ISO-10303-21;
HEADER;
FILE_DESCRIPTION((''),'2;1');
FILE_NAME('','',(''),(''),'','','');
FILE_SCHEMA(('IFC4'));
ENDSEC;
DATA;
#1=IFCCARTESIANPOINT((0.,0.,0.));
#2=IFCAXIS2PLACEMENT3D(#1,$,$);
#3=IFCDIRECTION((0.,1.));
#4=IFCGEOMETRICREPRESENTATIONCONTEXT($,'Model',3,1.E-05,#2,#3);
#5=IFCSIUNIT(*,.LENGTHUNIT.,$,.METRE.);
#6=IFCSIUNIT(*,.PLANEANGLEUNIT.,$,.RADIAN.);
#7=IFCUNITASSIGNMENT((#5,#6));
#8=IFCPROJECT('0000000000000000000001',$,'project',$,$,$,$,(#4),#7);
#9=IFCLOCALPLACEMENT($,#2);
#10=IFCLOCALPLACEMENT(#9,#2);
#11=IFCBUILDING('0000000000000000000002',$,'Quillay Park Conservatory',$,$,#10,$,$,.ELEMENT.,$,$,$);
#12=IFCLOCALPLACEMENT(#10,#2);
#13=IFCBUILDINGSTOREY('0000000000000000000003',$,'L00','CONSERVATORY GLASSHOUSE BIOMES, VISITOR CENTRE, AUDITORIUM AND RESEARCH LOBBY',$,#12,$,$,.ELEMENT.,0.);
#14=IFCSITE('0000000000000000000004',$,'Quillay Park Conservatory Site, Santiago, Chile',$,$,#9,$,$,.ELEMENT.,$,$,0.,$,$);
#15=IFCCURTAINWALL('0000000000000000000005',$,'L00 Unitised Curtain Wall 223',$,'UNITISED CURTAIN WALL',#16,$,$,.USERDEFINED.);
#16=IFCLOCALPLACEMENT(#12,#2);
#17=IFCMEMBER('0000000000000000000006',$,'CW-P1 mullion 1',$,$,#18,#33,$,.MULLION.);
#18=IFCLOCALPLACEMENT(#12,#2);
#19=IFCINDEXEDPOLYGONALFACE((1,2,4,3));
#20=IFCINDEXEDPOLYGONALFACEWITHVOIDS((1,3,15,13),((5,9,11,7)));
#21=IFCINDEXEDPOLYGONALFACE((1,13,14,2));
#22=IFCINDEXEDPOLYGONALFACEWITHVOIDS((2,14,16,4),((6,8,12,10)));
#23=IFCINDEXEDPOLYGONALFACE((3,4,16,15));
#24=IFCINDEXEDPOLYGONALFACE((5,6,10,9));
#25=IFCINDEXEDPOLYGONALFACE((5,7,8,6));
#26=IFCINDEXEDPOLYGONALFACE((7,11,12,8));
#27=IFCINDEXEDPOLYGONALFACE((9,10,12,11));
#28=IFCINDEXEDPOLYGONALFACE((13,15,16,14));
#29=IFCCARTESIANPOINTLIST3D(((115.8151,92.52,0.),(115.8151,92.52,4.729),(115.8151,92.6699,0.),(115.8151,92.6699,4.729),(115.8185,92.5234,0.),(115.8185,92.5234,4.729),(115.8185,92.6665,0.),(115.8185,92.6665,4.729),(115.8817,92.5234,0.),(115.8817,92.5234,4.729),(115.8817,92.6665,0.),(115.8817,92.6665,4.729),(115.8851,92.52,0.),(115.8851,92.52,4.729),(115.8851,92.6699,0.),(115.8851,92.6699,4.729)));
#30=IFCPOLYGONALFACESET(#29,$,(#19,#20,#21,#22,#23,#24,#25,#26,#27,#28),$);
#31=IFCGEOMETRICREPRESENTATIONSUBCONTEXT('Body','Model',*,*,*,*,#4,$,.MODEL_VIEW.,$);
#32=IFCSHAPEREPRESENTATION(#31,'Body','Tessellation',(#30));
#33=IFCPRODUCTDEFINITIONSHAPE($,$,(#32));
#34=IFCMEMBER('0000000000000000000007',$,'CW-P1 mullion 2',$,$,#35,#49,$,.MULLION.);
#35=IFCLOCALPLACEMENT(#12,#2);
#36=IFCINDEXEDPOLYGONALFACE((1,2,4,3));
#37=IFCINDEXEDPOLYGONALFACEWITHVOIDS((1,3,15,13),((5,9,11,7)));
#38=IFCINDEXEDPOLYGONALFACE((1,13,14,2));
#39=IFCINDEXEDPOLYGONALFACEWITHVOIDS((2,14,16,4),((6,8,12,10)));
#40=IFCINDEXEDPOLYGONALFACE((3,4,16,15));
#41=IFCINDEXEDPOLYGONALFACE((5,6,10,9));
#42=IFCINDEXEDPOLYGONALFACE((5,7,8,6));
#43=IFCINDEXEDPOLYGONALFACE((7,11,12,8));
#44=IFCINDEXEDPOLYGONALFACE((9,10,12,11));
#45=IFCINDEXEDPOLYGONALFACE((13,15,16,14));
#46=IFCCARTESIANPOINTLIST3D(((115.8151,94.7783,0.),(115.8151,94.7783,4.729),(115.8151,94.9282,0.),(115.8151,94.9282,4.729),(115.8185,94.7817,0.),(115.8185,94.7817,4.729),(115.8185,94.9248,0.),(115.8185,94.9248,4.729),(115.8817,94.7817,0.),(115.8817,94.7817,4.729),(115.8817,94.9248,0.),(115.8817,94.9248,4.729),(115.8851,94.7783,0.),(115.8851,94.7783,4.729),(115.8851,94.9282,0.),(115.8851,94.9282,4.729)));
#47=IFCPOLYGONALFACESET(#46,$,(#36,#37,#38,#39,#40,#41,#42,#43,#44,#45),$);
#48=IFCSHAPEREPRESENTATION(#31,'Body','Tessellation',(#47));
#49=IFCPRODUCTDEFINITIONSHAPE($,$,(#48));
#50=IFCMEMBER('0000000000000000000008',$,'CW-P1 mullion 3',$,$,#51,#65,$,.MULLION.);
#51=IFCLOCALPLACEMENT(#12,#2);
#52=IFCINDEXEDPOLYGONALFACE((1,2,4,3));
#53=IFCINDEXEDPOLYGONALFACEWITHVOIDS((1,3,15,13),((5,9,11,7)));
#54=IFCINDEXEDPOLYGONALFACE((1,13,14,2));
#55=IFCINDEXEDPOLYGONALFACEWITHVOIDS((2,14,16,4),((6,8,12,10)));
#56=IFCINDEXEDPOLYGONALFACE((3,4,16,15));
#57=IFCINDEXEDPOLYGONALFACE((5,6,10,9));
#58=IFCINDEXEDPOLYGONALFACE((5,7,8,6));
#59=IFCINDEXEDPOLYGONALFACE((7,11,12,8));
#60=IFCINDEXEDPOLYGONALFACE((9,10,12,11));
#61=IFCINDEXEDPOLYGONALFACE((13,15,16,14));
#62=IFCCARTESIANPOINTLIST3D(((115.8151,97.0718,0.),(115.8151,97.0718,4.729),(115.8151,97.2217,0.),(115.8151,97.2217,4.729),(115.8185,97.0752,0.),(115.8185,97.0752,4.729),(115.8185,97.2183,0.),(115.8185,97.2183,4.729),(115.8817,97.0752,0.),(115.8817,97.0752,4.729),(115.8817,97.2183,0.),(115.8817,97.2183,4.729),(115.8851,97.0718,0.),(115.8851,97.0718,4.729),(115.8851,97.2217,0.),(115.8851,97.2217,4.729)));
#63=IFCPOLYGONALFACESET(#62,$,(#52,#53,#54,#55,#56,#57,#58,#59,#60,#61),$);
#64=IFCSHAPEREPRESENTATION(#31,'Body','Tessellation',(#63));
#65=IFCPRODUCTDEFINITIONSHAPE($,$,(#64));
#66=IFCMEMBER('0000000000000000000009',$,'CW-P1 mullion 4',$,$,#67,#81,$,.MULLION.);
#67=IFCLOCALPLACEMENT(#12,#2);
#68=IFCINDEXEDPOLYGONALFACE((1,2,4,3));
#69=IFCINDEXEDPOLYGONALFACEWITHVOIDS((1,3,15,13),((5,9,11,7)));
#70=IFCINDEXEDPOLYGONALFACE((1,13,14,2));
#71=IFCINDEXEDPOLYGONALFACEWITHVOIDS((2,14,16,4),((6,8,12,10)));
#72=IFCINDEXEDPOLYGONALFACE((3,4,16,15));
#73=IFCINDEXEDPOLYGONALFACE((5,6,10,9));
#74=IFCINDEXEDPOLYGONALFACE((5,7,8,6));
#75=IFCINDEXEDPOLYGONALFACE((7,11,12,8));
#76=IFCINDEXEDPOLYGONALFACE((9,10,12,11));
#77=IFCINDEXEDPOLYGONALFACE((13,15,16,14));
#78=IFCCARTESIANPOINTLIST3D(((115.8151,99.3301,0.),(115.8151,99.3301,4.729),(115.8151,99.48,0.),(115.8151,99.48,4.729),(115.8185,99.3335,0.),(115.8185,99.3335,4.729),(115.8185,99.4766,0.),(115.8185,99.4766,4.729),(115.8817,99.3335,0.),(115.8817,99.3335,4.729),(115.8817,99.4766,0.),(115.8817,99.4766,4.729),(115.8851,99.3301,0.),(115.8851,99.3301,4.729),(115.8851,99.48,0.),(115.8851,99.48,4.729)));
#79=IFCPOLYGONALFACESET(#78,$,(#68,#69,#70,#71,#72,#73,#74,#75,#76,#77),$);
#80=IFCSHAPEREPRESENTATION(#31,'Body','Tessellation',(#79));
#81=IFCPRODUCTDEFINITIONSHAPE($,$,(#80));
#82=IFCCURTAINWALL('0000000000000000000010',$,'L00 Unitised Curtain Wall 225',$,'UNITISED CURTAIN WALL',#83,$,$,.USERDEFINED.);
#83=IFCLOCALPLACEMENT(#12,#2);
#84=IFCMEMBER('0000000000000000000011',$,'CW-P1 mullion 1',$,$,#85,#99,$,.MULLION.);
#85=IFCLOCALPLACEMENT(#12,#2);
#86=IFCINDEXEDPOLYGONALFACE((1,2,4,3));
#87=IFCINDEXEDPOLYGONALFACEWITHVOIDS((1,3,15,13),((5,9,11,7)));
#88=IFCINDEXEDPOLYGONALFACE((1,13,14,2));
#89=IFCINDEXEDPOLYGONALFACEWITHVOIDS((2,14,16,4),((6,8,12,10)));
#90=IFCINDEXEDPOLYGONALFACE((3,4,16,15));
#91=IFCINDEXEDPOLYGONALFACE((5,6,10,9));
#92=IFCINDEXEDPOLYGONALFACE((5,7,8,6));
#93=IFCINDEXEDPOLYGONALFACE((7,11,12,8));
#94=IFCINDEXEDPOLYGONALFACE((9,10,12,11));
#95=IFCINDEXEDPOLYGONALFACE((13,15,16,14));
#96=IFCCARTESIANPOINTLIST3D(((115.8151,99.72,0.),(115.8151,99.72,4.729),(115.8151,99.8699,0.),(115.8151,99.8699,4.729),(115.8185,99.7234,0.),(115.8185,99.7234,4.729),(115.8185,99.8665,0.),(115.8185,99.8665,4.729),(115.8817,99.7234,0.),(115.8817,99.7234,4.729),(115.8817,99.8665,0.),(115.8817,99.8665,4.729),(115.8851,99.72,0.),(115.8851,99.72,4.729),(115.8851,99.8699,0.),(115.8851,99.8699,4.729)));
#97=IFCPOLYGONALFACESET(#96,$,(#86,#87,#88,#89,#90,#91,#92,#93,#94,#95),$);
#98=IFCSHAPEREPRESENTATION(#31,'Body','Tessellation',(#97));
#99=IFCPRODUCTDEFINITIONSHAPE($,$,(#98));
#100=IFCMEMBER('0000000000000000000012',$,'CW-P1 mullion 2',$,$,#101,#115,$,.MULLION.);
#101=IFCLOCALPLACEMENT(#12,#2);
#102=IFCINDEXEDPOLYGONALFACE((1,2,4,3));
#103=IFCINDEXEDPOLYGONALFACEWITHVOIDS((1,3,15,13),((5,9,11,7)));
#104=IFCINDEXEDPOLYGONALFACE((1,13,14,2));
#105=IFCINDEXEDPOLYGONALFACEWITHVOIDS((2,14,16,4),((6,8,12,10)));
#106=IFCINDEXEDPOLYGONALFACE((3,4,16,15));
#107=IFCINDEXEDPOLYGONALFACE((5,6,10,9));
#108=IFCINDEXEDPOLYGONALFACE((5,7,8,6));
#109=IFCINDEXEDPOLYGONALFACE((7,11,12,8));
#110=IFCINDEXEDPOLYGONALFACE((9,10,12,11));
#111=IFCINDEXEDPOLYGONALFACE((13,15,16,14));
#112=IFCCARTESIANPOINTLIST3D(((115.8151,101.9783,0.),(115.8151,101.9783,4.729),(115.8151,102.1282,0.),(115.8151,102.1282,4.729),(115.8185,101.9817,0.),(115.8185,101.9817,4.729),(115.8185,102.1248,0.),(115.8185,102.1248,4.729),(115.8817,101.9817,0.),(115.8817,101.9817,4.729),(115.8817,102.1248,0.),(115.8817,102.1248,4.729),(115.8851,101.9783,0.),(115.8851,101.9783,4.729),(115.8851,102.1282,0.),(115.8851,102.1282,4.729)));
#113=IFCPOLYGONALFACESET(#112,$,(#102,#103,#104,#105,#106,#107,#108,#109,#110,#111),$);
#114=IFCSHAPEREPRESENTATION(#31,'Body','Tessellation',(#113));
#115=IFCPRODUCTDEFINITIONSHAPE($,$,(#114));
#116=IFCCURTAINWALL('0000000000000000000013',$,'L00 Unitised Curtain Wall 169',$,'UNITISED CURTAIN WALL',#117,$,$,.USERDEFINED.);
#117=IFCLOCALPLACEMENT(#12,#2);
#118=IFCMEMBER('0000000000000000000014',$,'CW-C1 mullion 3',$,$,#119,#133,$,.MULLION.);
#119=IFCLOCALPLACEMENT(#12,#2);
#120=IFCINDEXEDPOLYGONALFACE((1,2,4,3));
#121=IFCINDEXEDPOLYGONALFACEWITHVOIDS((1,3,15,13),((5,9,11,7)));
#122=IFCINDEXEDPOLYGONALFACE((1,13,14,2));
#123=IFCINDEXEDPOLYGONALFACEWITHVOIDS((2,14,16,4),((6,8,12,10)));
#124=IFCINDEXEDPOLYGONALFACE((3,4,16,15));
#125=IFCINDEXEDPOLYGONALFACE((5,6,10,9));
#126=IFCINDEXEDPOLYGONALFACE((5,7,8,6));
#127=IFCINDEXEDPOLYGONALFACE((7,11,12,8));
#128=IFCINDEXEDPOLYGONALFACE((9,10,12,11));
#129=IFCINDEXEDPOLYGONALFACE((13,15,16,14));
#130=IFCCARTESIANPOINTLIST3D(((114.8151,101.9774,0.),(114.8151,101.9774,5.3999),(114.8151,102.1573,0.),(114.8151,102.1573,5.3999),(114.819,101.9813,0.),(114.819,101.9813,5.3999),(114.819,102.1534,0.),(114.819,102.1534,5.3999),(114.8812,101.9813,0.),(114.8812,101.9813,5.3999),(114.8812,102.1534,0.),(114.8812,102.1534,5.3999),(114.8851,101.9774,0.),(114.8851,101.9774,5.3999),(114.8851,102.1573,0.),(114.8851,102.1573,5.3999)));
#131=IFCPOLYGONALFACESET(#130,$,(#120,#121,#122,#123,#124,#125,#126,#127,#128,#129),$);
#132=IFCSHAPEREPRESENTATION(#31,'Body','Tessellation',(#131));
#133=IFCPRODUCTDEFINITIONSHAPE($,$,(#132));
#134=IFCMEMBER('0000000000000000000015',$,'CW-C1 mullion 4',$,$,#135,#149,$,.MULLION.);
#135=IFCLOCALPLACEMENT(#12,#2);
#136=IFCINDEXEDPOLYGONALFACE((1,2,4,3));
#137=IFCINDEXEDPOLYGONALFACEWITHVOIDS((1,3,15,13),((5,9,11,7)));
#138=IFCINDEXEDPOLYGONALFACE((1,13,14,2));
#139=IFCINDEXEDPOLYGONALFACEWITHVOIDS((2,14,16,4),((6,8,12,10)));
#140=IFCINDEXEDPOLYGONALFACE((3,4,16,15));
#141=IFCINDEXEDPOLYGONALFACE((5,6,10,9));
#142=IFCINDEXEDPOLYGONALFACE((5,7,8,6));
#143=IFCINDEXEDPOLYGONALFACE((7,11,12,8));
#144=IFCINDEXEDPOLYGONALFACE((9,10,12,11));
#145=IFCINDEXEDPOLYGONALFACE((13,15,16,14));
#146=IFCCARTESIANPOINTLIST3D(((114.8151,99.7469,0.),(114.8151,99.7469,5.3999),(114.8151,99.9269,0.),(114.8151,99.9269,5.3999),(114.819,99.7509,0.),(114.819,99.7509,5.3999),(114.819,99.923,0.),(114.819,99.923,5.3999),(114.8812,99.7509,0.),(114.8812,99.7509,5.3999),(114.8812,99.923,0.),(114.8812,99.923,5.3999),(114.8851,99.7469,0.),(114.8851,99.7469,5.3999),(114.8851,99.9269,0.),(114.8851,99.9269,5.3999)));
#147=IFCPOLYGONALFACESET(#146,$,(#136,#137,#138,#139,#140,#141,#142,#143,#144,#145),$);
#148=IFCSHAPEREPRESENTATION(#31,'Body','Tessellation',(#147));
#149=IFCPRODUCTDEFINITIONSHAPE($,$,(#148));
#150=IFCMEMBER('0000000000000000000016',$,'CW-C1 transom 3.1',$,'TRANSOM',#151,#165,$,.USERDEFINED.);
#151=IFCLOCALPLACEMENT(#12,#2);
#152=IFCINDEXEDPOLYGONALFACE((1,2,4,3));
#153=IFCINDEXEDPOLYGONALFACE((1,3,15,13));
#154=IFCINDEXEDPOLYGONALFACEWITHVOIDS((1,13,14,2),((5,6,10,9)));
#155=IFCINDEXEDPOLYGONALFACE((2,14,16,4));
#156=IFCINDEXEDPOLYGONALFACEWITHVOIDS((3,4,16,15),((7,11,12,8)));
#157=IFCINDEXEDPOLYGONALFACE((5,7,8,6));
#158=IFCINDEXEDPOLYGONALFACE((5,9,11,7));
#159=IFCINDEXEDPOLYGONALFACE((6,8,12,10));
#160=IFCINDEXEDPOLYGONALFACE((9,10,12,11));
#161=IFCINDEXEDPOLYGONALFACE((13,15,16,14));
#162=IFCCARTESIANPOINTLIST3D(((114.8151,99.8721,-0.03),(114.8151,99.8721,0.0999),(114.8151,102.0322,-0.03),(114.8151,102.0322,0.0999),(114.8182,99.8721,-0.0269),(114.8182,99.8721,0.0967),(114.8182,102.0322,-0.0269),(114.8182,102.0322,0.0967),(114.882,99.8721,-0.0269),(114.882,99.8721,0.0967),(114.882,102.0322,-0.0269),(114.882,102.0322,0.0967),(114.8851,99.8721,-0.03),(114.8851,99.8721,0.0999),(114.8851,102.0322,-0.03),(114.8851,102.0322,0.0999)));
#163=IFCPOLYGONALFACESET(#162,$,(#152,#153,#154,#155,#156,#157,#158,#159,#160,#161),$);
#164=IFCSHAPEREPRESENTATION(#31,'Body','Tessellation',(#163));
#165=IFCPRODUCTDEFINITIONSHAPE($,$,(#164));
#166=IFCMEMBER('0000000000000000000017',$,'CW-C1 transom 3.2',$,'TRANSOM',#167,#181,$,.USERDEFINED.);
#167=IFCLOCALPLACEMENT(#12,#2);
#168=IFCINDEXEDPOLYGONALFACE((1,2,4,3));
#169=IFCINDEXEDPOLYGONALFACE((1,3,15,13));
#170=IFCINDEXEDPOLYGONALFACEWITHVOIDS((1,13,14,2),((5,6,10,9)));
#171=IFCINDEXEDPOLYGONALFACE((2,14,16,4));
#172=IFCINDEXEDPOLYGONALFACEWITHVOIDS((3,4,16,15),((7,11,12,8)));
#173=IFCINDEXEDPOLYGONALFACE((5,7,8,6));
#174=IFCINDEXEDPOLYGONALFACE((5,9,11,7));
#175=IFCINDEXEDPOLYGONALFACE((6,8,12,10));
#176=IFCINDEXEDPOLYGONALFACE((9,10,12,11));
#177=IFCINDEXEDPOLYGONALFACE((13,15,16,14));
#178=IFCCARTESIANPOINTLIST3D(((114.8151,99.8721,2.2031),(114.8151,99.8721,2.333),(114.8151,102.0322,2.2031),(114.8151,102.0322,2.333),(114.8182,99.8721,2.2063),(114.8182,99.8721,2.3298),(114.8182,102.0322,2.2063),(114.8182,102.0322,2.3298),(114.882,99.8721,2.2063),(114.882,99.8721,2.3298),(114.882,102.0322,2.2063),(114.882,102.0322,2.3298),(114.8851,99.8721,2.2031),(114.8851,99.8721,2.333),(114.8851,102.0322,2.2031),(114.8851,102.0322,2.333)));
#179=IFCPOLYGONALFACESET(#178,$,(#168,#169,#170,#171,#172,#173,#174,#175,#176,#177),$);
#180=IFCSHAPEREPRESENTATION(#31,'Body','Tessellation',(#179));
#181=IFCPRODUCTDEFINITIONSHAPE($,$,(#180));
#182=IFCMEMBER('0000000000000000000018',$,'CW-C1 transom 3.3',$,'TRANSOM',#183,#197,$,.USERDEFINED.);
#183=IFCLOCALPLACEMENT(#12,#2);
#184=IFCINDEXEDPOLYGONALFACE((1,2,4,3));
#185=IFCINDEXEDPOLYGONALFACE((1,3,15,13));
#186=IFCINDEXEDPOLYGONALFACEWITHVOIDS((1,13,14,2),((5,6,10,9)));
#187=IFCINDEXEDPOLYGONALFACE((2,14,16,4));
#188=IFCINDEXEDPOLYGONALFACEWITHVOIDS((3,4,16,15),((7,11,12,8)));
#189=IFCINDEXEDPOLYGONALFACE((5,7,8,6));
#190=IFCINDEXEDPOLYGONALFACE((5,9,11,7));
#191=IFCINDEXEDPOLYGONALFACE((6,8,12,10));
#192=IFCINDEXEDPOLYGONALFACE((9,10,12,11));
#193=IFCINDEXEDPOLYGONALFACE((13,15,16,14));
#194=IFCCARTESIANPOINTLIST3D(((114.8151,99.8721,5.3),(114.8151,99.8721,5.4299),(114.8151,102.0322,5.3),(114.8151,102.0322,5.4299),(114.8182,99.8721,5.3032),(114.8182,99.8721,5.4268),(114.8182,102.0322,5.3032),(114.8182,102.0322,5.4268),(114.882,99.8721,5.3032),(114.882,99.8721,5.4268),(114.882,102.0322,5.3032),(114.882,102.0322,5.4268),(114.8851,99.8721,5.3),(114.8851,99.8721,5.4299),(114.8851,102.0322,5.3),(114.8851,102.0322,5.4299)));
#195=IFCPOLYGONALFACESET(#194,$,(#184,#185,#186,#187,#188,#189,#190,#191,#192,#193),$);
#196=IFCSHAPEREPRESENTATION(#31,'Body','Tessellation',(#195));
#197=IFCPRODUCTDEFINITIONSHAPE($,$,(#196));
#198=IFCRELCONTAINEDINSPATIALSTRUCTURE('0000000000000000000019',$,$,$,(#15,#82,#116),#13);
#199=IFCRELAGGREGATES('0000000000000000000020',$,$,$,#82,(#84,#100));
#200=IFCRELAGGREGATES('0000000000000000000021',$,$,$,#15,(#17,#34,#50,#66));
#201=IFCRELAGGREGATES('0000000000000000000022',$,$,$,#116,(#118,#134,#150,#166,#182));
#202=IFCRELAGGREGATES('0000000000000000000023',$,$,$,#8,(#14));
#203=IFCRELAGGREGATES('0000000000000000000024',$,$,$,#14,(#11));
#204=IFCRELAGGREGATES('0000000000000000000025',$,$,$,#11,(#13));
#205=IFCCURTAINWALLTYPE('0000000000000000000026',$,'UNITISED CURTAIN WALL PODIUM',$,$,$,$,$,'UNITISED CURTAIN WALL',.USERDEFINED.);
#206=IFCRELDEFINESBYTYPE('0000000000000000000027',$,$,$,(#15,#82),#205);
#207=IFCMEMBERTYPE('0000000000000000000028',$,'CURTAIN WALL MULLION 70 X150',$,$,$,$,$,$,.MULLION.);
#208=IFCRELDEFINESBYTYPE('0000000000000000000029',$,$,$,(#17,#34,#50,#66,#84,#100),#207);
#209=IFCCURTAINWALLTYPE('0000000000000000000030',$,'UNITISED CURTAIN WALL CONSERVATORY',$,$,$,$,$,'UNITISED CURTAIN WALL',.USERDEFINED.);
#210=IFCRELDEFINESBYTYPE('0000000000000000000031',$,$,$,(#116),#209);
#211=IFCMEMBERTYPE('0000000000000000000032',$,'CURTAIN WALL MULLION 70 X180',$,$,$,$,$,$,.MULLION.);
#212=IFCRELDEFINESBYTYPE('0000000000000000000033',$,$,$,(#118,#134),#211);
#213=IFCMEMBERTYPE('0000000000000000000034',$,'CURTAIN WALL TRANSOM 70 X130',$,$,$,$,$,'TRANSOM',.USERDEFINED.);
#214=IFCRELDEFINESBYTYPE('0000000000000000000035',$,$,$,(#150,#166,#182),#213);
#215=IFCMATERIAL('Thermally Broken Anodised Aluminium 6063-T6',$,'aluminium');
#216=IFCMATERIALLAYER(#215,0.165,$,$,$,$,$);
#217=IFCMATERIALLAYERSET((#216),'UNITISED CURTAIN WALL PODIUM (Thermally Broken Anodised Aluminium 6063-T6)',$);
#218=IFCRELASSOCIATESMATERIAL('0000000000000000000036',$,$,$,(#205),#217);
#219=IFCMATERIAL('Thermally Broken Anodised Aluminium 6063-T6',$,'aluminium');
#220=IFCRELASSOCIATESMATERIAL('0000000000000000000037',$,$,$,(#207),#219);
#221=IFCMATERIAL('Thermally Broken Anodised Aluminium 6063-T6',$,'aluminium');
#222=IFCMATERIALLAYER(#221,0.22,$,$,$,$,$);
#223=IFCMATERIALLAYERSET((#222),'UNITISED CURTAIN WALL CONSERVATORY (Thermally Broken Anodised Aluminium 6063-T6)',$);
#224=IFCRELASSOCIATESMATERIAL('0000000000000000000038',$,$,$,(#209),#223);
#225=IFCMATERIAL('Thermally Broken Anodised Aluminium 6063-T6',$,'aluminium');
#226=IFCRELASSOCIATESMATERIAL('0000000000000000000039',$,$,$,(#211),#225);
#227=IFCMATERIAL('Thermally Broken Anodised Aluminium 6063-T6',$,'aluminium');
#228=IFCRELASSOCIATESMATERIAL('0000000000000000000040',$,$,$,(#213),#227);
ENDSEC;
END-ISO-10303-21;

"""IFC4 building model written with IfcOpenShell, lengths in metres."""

from ifc_helpers import new_model, si_unit, direction, frame, origin, origin_2d, place, context, subcontext, project, spatial, hollow_rectangle, extrude, material, layer, layer_set, material_profile, profile_set, type_object, element, aggregate, save


model = new_model("IFC4")

# Units and contexts
model_context = context("Model", 3, precision=1e-05, world=origin(), true_north=direction((0.0, 1.0)))
body_context = subcontext(model_context, "Body", "Model", "MODEL_VIEW")
ifc_project = project(units=[si_unit("LENGTHUNIT", "METRE"), si_unit("PLANEANGLEUNIT", "RADIAN")], contexts=[model_context])

# Site, building, storey
site_placement = place(None, origin())
site = spatial("IfcSite", under=ifc_project, at=site_placement, Name="Quillay Park Conservatory Site, Santiago, Chile", CompositionType="ELEMENT", RefElevation=0.0)
building_placement = place(site_placement, origin())
building = spatial("IfcBuilding", under=site, at=building_placement, Name="Quillay Park Conservatory", CompositionType="ELEMENT")
storey_placement = place(building_placement, origin())
storey = spatial("IfcBuildingStorey", under=building, at=storey_placement, Name="L00", Description="CONSERVATORY GLASSHOUSE BIOMES, VISITOR CENTRE, AUDITORIUM AND RESEARCH LOBBY", CompositionType="ELEMENT", Elevation=0.0)

# Curtain walls, members
ifc_material_1 = material(Name="Thermally Broken Anodised Aluminium 6063-T6", Category="aluminium")
ifc_layer_1 = layer(ifc_material_1, 0.165)
ifc_layer_set_1 = layer_set([ifc_layer_1], Name="UNITISED CURTAIN WALL PODIUM (Thermally Broken Anodised Aluminium 6063-T6)")
curtain_wall_type_1 = type_object("IfcCurtainWallType", Name="UNITISED CURTAIN WALL PODIUM", ElementType="UNITISED CURTAIN WALL", PredefinedType="USERDEFINED", material=ifc_layer_set_1)
curtain_wall_1_placement = place(storey_placement, origin())
curtain_wall_1 = element("IfcCurtainWall", 1, at=curtain_wall_1_placement, inside=storey, type_object=curtain_wall_type_1, Name="L00 Unitised Curtain Wall 223", ObjectType="UNITISED CURTAIN WALL", PredefinedType="USERDEFINED")
ifc_material_2 = material(Name="Thermally Broken Anodised Aluminium 6063-T6", Category="aluminium")
ifc_material_profile_1 = material_profile(ifc_material_2, hollow_rectangle(XDim=0.0701, YDim=0.1499, WallThickness=0.0034, at=origin_2d()), Name="AL70x150x3.5")
ifc_profile_set_1 = profile_set([ifc_material_profile_1], Name="Thermally Broken Anodised Aluminium 6063-T6")
member_type_1 = type_object("IfcMemberType", Name="CURTAIN WALL MULLION 70 X150", PredefinedType="MULLION", material=ifc_profile_set_1)
member_1_placement = place(storey_placement, frame((115.8501, 92.595, 0.0), z_axis=(0.0, 0.0, 1.0), x_axis=(-1.0, 0.0, 0.0)))
member_1 = element("IfcMember", 2, at=member_1_placement, type_object=member_type_1, Name="CW-P1 mullion 1", PredefinedType="MULLION", context=body_context, shape_type="SweptSolid", body=[
    extrude(hollow_rectangle(XDim=0.0701, YDim=0.1499, WallThickness=0.0034, at=origin_2d()), origin(), (0.0, 0.0, 1.0), 4.729),
])
member_2_placement = place(storey_placement, frame((115.8501, 94.8533, 0.0), z_axis=(0.0, 0.0, 1.0), x_axis=(-1.0, 0.0, 0.0)))
member_2 = element("IfcMember", 3, at=member_2_placement, type_object=member_type_1, Name="CW-P1 mullion 2", PredefinedType="MULLION", context=body_context, shape_type="SweptSolid", body=[
    extrude(hollow_rectangle(XDim=0.0701, YDim=0.1499, WallThickness=0.0034, at=origin_2d()), origin(), (0.0, 0.0, 1.0), 4.729),
])
member_3_placement = place(storey_placement, frame((115.8501, 97.1467, 0.0), z_axis=(0.0, 0.0, 1.0), x_axis=(-1.0, 0.0, 0.0)))
member_3 = element("IfcMember", 4, at=member_3_placement, type_object=member_type_1, Name="CW-P1 mullion 3", PredefinedType="MULLION", context=body_context, shape_type="SweptSolid", body=[
    extrude(hollow_rectangle(XDim=0.0701, YDim=0.1499, WallThickness=0.0034, at=origin_2d()), origin(), (0.0, 0.0, 1.0), 4.729),
])
member_4_placement = place(storey_placement, frame((115.8501, 99.405, 0.0), z_axis=(0.0, 0.0, 1.0), x_axis=(-1.0, 0.0, 0.0)))
member_4 = element("IfcMember", 5, at=member_4_placement, type_object=member_type_1, Name="CW-P1 mullion 4", PredefinedType="MULLION", context=body_context, shape_type="SweptSolid", body=[
    extrude(hollow_rectangle(XDim=0.0701, YDim=0.1499, WallThickness=0.0034, at=origin_2d()), origin(), (0.0, 0.0, 1.0), 4.729),
])
curtain_wall_2_placement = place(storey_placement, origin())
curtain_wall_2 = element("IfcCurtainWall", 6, at=curtain_wall_2_placement, inside=storey, type_object=curtain_wall_type_1, Name="L00 Unitised Curtain Wall 225", ObjectType="UNITISED CURTAIN WALL", PredefinedType="USERDEFINED")
member_5_placement = place(storey_placement, frame((115.8501, 99.7949, 0.0), z_axis=(0.0, 0.0, 1.0), x_axis=(-1.0, 0.0, 0.0)))
member_5 = element("IfcMember", 7, at=member_5_placement, type_object=member_type_1, Name="CW-P1 mullion 1", PredefinedType="MULLION", context=body_context, shape_type="SweptSolid", body=[
    extrude(hollow_rectangle(XDim=0.0701, YDim=0.1499, WallThickness=0.0034, at=origin_2d()), origin(), (0.0, 0.0, 1.0), 4.729),
])
member_6_placement = place(storey_placement, frame((115.8501, 102.0532, 0.0), z_axis=(0.0, 0.0, 1.0), x_axis=(-1.0, 0.0, 0.0)))
member_6 = element("IfcMember", 8, at=member_6_placement, type_object=member_type_1, Name="CW-P1 mullion 2", PredefinedType="MULLION", context=body_context, shape_type="SweptSolid", body=[
    extrude(hollow_rectangle(XDim=0.0701, YDim=0.1499, WallThickness=0.0034, at=origin_2d()), origin(), (0.0, 0.0, 1.0), 4.729),
])
ifc_material_3 = material(Name="Thermally Broken Anodised Aluminium 6063-T6", Category="aluminium")
ifc_layer_2 = layer(ifc_material_3, 0.22)
ifc_layer_set_2 = layer_set([ifc_layer_2], Name="UNITISED CURTAIN WALL CONSERVATORY (Thermally Broken Anodised Aluminium 6063-T6)")
curtain_wall_type_2 = type_object("IfcCurtainWallType", Name="UNITISED CURTAIN WALL CONSERVATORY", ElementType="UNITISED CURTAIN WALL", PredefinedType="USERDEFINED", material=ifc_layer_set_2)
curtain_wall_3_placement = place(storey_placement, origin())
curtain_wall_3 = element("IfcCurtainWall", 9, at=curtain_wall_3_placement, inside=storey, type_object=curtain_wall_type_2, Name="L00 Unitised Curtain Wall 169", ObjectType="UNITISED CURTAIN WALL", PredefinedType="USERDEFINED")
ifc_material_4 = material(Name="Thermally Broken Anodised Aluminium 6063-T6", Category="aluminium")
ifc_material_profile_2 = material_profile(ifc_material_4, hollow_rectangle(XDim=0.0701, YDim=0.1799, WallThickness=0.0039, at=origin_2d()), Name="AL70x180x4")
ifc_profile_set_2 = profile_set([ifc_material_profile_2], Name="Thermally Broken Anodised Aluminium 6063-T6")
member_type_2 = type_object("IfcMemberType", Name="CURTAIN WALL MULLION 70 X180", PredefinedType="MULLION", material=ifc_profile_set_2)
member_7_placement = place(storey_placement, frame((114.8501, 102.0674, 0.0), z_axis=(0.0, 0.0, 1.0), x_axis=(1.0, 0.0, 0.0)))
member_7 = element("IfcMember", 10, at=member_7_placement, type_object=member_type_2, Name="CW-C1 mullion 3", PredefinedType="MULLION", context=body_context, shape_type="SweptSolid", body=[
    extrude(hollow_rectangle(XDim=0.0701, YDim=0.1799, WallThickness=0.0039, at=origin_2d()), origin(), (0.0, 0.0, 1.0), 5.3999),
])
member_8_placement = place(storey_placement, frame((114.8501, 99.8369, 0.0), z_axis=(0.0, 0.0, 1.0), x_axis=(1.0, 0.0, 0.0)))
member_8 = element("IfcMember", 11, at=member_8_placement, type_object=member_type_2, Name="CW-C1 mullion 4", PredefinedType="MULLION", context=body_context, shape_type="SweptSolid", body=[
    extrude(hollow_rectangle(XDim=0.0701, YDim=0.1799, WallThickness=0.0039, at=origin_2d()), origin(), (0.0, 0.0, 1.0), 5.3999),
])
ifc_material_5 = material(Name="Thermally Broken Anodised Aluminium 6063-T6", Category="aluminium")
ifc_material_profile_3 = material_profile(ifc_material_5, hollow_rectangle(XDim=0.0701, YDim=0.1299, WallThickness=0.0032, at=origin_2d()), Name="AL70x130x3.2")
ifc_profile_set_3 = profile_set([ifc_material_profile_3], Name="Thermally Broken Anodised Aluminium 6063-T6")
member_type_3 = type_object("IfcMemberType", Name="CURTAIN WALL TRANSOM 70 X130", ElementType="TRANSOM", PredefinedType="USERDEFINED", material=ifc_profile_set_3)
member_9_placement = place(storey_placement, frame((114.8501, 102.0322, 0.0349), z_axis=(0.0, -1.0, 0.0), x_axis=(1.0, 0.0, 0.0)))
member_9 = element("IfcMember", 12, at=member_9_placement, type_object=member_type_3, Name="CW-C1 transom 3.1", ObjectType="TRANSOM", PredefinedType="USERDEFINED", context=body_context, shape_type="SweptSolid", body=[
    extrude(hollow_rectangle(XDim=0.0701, YDim=0.1299, WallThickness=0.0032, at=origin_2d()), origin(), (0.0, 0.0, 1.0), 2.1602),
])
member_10_placement = place(storey_placement, frame((114.8501, 102.0322, 2.2681), z_axis=(0.0, -1.0, 0.0), x_axis=(1.0, 0.0, 0.0)))
member_10 = element("IfcMember", 13, at=member_10_placement, type_object=member_type_3, Name="CW-C1 transom 3.2", ObjectType="TRANSOM", PredefinedType="USERDEFINED", context=body_context, shape_type="SweptSolid", body=[
    extrude(hollow_rectangle(XDim=0.0701, YDim=0.1299, WallThickness=0.0032, at=origin_2d()), origin(), (0.0, 0.0, 1.0), 2.1602),
])
member_11_placement = place(storey_placement, frame((114.8501, 102.0322, 5.365), z_axis=(0.0, -1.0, 0.0), x_axis=(1.0, 0.0, 0.0)))
member_11 = element("IfcMember", 14, at=member_11_placement, type_object=member_type_3, Name="CW-C1 transom 3.3", ObjectType="TRANSOM", PredefinedType="USERDEFINED", context=body_context, shape_type="SweptSolid", body=[
    extrude(hollow_rectangle(XDim=0.0701, YDim=0.1299, WallThickness=0.0032, at=origin_2d()), origin(), (0.0, 0.0, 1.0), 2.1602),
])

aggregate(curtain_wall_2, [member_5, member_6])

aggregate(curtain_wall_1, [member_1, member_2, member_3, member_4])
aggregate(curtain_wall_3, [member_7, member_8, member_9, member_10, member_11])

save(model, "model.ifc")
